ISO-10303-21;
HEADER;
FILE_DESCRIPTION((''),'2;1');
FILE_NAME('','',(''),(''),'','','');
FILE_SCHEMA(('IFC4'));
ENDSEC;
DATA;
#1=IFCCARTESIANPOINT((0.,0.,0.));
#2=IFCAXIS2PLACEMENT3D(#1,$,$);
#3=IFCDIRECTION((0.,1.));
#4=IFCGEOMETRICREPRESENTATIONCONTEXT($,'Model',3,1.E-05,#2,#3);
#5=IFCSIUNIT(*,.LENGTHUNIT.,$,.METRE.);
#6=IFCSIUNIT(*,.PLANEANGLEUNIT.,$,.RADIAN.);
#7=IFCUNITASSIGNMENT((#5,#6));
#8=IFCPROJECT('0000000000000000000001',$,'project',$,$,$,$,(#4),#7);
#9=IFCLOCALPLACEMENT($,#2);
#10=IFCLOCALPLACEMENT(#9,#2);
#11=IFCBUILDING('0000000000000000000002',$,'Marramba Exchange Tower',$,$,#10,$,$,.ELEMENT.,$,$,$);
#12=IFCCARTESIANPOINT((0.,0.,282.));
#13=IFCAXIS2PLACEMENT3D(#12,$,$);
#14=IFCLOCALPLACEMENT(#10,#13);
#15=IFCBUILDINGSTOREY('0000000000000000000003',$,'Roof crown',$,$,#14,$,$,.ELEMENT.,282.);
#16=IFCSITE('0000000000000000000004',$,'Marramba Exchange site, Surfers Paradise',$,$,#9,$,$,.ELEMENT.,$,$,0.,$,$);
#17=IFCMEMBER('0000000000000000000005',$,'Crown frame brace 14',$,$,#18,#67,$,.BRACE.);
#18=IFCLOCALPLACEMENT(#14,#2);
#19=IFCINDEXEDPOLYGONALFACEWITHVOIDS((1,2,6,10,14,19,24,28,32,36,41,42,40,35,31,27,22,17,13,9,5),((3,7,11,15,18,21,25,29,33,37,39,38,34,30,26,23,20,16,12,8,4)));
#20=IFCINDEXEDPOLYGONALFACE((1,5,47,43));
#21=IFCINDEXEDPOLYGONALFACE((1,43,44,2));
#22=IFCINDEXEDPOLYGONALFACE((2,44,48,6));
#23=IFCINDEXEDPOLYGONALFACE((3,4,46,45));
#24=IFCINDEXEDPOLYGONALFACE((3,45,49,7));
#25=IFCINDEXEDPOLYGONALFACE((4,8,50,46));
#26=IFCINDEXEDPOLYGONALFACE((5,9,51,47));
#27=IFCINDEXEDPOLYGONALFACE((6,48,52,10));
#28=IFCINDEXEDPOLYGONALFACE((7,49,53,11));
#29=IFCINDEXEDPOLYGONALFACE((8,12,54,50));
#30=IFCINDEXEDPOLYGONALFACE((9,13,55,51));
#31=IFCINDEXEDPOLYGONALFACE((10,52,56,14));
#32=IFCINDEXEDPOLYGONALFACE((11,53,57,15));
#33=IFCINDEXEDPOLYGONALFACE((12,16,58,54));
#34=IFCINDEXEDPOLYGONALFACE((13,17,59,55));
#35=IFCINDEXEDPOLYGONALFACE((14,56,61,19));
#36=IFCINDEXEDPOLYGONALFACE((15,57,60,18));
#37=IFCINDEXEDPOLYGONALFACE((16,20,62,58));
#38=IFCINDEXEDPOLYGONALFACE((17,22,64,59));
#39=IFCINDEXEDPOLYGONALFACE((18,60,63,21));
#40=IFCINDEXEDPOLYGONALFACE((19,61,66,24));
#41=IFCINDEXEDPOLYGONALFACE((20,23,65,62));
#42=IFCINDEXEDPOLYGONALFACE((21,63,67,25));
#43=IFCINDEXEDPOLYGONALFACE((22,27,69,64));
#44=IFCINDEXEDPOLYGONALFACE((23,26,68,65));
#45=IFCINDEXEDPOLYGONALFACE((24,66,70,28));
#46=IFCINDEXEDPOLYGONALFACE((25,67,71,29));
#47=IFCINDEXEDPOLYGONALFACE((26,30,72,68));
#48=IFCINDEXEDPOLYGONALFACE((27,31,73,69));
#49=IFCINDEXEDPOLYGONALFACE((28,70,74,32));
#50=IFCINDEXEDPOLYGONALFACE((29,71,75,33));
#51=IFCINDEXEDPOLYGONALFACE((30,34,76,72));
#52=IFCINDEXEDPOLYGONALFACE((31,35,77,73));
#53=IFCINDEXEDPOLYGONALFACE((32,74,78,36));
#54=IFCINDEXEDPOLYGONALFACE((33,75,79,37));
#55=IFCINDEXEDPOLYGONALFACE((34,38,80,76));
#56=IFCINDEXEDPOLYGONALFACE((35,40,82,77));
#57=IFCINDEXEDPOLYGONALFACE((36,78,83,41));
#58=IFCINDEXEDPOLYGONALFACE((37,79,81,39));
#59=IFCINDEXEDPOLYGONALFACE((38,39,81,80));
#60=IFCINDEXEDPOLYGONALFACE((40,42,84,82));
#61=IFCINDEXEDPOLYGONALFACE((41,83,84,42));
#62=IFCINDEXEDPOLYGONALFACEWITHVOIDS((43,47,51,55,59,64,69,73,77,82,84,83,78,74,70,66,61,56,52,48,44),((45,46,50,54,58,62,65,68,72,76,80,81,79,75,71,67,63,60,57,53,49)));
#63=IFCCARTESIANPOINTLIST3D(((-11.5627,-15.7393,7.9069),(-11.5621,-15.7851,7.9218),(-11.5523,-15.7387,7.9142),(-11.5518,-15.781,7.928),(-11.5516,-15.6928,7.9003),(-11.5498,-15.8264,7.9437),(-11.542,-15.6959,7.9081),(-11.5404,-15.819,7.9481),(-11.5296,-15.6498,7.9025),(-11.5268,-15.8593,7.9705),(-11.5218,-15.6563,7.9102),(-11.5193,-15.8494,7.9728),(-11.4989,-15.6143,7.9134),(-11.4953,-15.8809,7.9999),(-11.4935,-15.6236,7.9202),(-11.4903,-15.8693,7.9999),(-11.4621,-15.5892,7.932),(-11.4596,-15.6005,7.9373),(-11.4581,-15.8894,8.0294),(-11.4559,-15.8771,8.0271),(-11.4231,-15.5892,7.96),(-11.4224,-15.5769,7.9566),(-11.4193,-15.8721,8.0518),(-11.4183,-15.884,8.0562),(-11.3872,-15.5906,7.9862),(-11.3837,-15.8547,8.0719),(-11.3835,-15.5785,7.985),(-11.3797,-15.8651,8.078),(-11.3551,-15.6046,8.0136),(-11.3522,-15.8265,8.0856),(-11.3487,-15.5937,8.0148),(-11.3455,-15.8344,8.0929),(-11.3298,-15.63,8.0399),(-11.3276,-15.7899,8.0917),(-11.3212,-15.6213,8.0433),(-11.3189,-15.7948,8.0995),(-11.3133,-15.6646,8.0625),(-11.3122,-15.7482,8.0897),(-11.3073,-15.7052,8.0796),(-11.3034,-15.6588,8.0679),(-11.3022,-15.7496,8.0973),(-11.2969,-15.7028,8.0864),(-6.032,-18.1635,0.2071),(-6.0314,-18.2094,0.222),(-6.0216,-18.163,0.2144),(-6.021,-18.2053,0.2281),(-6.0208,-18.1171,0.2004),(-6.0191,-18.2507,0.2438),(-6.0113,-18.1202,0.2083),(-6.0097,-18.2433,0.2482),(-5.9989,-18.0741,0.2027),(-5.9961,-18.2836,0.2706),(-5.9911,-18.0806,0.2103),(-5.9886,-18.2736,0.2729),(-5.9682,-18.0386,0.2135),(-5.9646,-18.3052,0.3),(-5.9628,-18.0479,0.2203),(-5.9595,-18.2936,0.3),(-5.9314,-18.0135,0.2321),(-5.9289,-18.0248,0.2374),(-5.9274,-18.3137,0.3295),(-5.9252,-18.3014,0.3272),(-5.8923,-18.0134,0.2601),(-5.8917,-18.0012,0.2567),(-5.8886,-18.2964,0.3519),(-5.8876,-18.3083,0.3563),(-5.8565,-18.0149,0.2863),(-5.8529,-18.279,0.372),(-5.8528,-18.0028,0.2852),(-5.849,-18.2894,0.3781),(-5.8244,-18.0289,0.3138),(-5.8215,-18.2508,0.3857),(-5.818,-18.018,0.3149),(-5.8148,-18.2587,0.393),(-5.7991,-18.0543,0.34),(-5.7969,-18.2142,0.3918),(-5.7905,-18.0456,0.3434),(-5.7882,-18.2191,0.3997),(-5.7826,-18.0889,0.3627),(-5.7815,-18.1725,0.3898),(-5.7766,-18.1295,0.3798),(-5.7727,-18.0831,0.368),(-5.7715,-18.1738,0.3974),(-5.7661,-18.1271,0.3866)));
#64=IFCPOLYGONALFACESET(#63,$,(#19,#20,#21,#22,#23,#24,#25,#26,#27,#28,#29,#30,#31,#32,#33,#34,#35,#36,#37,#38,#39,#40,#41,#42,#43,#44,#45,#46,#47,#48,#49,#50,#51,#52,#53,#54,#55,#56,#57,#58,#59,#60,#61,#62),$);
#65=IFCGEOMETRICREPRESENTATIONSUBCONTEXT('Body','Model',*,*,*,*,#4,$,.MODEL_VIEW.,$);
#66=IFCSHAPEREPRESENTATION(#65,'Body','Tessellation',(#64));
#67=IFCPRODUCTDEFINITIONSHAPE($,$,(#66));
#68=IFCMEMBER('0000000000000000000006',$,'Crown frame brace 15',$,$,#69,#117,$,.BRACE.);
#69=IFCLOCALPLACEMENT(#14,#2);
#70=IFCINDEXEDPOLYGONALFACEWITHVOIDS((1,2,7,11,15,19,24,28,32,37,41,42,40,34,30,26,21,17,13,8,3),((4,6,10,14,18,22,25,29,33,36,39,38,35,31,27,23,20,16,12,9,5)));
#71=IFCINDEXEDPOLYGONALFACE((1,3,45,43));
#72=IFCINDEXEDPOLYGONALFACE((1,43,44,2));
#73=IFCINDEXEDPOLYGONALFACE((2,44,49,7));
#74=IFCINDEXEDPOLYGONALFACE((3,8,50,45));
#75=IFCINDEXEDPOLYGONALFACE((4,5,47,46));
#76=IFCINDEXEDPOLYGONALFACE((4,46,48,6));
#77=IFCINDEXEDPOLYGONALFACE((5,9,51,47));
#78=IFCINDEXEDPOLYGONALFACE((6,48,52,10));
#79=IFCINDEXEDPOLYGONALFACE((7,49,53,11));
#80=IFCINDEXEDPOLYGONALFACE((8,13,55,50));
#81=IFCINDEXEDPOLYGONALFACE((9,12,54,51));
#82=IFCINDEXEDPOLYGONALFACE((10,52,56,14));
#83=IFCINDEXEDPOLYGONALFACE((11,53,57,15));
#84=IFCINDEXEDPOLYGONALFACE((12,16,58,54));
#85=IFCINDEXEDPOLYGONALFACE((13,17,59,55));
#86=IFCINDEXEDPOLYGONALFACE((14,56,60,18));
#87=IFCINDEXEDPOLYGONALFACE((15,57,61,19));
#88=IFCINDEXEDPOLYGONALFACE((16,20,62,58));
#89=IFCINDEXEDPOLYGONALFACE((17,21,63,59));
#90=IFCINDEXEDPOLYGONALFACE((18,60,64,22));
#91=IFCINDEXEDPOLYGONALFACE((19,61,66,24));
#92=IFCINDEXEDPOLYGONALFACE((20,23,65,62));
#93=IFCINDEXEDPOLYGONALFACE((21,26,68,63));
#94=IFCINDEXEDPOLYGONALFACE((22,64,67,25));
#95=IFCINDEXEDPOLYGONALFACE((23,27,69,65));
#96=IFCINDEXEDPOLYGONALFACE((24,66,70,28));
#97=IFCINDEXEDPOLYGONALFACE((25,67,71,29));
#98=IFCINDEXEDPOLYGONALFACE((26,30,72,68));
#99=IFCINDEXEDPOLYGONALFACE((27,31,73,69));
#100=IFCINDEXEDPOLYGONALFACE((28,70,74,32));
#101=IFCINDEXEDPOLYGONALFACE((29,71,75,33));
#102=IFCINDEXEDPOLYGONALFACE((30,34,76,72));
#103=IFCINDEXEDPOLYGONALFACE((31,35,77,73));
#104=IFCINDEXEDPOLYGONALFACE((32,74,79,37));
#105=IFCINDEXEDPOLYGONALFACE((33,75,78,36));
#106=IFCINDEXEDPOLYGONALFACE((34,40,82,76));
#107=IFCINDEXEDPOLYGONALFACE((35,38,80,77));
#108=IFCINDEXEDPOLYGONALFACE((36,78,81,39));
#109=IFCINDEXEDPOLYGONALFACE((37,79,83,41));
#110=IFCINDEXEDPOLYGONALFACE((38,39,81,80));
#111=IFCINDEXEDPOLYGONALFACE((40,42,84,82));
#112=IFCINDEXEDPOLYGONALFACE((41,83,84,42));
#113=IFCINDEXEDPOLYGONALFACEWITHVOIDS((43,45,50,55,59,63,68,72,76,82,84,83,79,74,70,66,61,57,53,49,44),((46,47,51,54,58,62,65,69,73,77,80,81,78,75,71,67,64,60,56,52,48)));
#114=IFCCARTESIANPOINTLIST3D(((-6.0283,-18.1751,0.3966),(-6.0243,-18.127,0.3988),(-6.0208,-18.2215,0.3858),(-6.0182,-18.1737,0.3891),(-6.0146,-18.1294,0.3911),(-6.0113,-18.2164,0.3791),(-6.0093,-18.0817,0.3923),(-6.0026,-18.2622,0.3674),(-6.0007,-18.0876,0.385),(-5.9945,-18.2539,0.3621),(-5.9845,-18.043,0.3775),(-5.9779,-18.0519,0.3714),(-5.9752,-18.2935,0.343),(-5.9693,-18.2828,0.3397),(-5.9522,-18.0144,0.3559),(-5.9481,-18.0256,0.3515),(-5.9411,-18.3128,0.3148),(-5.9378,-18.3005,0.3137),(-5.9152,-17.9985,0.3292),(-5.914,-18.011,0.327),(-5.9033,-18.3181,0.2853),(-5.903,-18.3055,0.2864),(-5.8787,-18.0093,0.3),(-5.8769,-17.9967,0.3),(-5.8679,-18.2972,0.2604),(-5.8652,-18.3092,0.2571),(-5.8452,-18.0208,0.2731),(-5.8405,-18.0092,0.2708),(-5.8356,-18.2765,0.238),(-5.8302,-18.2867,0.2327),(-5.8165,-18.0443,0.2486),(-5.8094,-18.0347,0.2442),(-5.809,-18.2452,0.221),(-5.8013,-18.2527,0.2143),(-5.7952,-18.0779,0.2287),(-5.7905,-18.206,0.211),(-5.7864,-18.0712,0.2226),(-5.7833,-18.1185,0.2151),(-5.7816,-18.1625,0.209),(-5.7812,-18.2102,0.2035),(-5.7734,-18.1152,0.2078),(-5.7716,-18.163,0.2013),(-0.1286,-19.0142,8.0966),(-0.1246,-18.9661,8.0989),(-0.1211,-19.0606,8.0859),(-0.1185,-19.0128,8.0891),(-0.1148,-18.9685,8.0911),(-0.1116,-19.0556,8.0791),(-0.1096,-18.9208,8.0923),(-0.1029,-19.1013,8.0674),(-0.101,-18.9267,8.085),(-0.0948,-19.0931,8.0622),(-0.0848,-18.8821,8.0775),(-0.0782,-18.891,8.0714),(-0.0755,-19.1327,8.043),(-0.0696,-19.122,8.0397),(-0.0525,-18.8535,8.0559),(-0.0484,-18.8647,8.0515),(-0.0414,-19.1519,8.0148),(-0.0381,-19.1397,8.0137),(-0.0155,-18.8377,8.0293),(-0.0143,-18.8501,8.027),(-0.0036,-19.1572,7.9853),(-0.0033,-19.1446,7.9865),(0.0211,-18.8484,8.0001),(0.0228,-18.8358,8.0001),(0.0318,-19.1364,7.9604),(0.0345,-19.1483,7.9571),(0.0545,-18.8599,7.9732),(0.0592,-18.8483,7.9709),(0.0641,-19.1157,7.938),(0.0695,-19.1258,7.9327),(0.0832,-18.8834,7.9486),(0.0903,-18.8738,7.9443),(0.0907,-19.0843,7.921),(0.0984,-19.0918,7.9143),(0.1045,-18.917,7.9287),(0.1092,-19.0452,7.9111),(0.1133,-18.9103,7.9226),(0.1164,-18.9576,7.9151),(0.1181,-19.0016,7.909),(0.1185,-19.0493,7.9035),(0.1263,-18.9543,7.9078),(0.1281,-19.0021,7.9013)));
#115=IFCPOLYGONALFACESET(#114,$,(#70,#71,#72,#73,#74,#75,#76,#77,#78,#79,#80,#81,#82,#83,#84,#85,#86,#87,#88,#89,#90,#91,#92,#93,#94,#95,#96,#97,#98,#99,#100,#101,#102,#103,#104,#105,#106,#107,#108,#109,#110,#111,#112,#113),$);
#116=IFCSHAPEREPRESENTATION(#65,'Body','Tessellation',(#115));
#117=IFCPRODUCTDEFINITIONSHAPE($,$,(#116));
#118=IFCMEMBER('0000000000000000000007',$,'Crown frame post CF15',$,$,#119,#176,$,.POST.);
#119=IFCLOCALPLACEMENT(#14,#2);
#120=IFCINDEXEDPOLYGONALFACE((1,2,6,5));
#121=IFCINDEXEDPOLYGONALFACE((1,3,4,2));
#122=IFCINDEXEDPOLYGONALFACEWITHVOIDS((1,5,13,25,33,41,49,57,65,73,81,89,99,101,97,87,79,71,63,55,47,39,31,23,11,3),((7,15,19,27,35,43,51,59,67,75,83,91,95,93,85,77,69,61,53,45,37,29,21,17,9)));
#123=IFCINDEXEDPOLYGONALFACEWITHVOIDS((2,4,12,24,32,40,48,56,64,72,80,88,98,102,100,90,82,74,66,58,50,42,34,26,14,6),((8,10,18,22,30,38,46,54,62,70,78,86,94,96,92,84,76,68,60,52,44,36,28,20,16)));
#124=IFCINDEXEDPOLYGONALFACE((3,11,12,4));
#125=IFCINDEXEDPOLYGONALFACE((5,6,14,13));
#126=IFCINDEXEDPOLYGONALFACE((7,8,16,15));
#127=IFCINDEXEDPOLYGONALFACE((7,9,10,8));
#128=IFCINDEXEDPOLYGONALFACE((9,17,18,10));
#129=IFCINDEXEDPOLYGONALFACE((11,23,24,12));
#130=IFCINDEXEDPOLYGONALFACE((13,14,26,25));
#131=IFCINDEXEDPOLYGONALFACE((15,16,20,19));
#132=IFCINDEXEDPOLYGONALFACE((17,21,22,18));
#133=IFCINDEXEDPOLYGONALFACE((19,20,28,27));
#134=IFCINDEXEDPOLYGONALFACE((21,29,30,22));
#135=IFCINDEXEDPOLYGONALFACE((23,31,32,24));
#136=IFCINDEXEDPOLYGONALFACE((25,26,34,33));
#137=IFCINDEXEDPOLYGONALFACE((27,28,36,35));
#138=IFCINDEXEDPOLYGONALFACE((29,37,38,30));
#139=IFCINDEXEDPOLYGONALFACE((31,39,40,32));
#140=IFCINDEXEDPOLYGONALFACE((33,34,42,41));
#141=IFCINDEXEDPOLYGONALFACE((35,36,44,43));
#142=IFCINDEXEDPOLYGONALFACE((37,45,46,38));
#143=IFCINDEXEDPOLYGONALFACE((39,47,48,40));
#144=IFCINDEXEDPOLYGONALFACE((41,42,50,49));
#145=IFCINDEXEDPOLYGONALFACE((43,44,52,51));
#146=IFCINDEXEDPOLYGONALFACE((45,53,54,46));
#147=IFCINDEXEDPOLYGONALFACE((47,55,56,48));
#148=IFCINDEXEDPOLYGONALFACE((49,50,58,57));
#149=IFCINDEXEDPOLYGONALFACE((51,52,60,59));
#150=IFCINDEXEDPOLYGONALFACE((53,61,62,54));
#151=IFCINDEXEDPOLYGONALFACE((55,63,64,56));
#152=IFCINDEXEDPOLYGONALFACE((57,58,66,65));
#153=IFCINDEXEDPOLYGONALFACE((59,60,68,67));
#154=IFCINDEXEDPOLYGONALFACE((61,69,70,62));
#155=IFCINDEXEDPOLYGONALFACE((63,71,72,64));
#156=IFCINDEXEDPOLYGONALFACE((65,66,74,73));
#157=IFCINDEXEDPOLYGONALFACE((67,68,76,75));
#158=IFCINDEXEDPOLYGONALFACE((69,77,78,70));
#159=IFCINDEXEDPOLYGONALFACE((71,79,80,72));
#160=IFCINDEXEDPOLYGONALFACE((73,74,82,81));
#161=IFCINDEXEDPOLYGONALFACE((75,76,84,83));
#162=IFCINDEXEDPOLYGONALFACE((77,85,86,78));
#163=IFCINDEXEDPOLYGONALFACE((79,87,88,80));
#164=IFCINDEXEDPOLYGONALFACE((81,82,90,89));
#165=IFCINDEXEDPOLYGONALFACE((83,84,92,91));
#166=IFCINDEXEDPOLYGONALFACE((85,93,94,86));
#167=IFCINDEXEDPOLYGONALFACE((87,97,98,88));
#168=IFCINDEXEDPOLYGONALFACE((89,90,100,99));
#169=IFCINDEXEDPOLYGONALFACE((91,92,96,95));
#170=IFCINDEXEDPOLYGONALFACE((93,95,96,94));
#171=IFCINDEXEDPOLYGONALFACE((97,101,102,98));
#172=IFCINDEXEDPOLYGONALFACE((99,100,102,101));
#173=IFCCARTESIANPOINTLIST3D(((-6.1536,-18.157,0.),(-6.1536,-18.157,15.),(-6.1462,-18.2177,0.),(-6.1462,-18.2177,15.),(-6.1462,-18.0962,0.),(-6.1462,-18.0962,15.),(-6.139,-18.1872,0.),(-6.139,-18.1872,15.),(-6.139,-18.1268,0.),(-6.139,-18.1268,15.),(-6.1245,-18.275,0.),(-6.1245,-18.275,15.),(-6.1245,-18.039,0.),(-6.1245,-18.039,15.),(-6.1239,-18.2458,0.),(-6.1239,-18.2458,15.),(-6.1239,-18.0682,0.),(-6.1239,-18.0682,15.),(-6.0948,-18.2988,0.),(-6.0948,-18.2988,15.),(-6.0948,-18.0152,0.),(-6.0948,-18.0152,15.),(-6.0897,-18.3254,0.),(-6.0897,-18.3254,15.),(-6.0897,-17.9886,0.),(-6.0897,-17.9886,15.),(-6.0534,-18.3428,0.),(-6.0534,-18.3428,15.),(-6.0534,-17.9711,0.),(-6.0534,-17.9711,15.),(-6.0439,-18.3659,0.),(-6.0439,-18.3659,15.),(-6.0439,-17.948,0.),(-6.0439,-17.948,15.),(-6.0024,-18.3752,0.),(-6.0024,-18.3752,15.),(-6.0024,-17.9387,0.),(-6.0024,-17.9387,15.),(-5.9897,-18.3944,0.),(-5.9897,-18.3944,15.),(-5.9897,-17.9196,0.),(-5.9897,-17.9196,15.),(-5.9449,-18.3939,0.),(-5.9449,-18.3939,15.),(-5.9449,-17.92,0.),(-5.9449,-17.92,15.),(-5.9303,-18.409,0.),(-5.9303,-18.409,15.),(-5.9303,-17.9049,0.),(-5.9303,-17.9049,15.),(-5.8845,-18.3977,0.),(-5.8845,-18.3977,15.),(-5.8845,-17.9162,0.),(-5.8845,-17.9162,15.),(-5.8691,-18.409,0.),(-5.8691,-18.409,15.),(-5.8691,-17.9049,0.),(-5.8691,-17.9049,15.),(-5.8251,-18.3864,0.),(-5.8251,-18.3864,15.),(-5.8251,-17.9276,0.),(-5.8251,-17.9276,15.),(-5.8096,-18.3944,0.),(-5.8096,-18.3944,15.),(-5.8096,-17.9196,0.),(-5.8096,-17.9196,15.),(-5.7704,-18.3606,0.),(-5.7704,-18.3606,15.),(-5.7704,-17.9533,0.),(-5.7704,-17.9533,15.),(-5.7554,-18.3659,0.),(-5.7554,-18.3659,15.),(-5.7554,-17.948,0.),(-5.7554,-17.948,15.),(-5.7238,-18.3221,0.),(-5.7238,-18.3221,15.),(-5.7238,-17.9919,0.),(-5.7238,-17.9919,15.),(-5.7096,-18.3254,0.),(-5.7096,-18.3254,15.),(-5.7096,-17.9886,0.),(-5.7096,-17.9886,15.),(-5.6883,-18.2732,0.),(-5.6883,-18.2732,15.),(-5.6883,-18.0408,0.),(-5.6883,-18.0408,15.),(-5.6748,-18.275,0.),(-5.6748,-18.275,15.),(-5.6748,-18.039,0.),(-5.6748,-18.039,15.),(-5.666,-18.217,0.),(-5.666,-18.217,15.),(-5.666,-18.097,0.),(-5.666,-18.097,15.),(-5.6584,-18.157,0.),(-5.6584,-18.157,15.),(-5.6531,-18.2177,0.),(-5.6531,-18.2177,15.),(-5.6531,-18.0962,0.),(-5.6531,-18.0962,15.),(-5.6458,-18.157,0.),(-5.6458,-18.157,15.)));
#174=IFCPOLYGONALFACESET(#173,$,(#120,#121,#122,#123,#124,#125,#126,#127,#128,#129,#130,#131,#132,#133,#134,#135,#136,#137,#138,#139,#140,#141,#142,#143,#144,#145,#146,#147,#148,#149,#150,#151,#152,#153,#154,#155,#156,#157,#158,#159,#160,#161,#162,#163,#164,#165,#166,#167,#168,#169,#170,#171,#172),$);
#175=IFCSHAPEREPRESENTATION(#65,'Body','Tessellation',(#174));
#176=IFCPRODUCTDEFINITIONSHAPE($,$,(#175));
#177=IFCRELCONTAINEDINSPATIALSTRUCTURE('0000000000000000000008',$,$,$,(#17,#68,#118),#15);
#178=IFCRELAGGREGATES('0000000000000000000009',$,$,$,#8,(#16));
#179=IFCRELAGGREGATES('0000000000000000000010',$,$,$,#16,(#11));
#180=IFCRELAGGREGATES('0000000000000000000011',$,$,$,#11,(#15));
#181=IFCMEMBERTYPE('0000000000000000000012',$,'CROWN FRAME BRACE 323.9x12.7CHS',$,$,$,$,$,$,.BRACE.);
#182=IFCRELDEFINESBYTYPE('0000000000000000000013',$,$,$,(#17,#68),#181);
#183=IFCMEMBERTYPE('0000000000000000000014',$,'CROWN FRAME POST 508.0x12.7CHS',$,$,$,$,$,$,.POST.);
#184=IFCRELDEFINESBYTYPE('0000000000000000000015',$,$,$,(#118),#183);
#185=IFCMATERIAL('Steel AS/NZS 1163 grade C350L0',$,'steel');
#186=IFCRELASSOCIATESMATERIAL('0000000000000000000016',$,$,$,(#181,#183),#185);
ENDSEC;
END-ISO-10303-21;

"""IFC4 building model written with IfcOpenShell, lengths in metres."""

from ifc_helpers import new_model, si_unit, direction, frame, origin, origin_2d, place, context, subcontext, project, spatial, hollow_circle, extrude, material, material_profile, profile_set, type_object, element, save


model = new_model("IFC4")

# Units and contexts
model_context = context("Model", 3, precision=1e-05, world=origin(), true_north=direction((0.0, 1.0)))
body_context = subcontext(model_context, "Body", "Model", "MODEL_VIEW")
ifc_project = project(units=[si_unit("LENGTHUNIT", "METRE"), si_unit("PLANEANGLEUNIT", "RADIAN")], contexts=[model_context])

# Site, building, storey
site_placement = place(None, origin())
site = spatial("IfcSite", under=ifc_project, at=site_placement, Name="Marramba Exchange site, Surfers Paradise", CompositionType="ELEMENT", RefElevation=0.0)
building_placement = place(site_placement, origin())
building = spatial("IfcBuilding", under=site, at=building_placement, Name="Marramba Exchange Tower", CompositionType="ELEMENT")
storey_placement = place(building_placement, frame((0.0, 0.0, 282.0)))
storey = spatial("IfcBuildingStorey", under=building, at=storey_placement, Name="Roof crown", CompositionType="ELEMENT", Elevation=282.0)

# Members
ifc_material_1 = material(Name="Steel AS/NZS 1163 grade C350L0", Category="steel")
ifc_material_profile_1 = material_profile(ifc_material_1, hollow_circle(Radius=0.1619, WallThickness=0.0127, at=origin_2d()), Name="323.9x12.7CHS")
ifc_profile_set_1 = profile_set([ifc_material_profile_1], Name="Steel AS/NZS 1163 grade C350L0")
member_type_1 = type_object("IfcMemberType", Name="CROWN FRAME BRACE 323.9x12.7CHS", PredefinedType="BRACE", material=ifc_profile_set_1)
member_1_placement = place(storey_placement, frame((-5.8997, -18.157, 0.3), z_axis=(-0.5652, 0.247746, 0.786874), x_axis=(-0.401459, -0.915877, 0.0)))
element("IfcMember", 1, at=member_1_placement, inside=storey, type_object=member_type_1, Name="Crown frame brace 14", PredefinedType="BRACE", context=body_context, shape_type="SweptSolid", body=[
    extrude(hollow_circle(Radius=0.1619, WallThickness=0.0127, at=origin_2d()), origin(), (0.0, 0.0, 1.0), 9.7854),
])
member_2_placement = place(storey_placement, frame((-5.8997, -18.157, 0.3), z_axis=(0.605932, -0.086182, 0.790834), x_axis=(0.140813, 0.990036, 0.0)))
element("IfcMember", 2, at=member_2_placement, inside=storey, type_object=member_type_1, Name="Crown frame brace 15", PredefinedType="BRACE", context=body_context, shape_type="SweptSolid", body=[
    extrude(hollow_circle(Radius=0.1619, WallThickness=0.0127, at=origin_2d()), origin(), (0.0, 0.0, 1.0), 9.7366),
])
ifc_material_profile_2 = material_profile(ifc_material_1, hollow_circle(Radius=0.2539, WallThickness=0.0127, at=origin_2d()), Name="508.0x12.7CHS")
ifc_profile_set_2 = profile_set([ifc_material_profile_2], Name="Steel AS/NZS 1163 grade C350L0")
member_type_2 = type_object("IfcMemberType", Name="CROWN FRAME POST 508.0x12.7CHS", PredefinedType="POST", material=ifc_profile_set_2)
for number, where, z_axis, x_axis, name in (
    (3, (-5.8997, -18.157, 0.0), (0.0, 0.0, 1.0), (1.0, 0.0, 0.0), "Crown frame post CF15"),
):
    element("IfcMember", number, at=place(storey_placement, frame(where, z_axis=z_axis, x_axis=x_axis)), inside=storey, type_object=member_type_2, Name=name, PredefinedType="POST", context=body_context, shape_type="SweptSolid", body=[
        extrude(hollow_circle(Radius=0.2539, WallThickness=0.0127, at=origin_2d()), origin(), (0.0, 0.0, 1.0), 15.0),
    ])

save(model, "model.ifc")
